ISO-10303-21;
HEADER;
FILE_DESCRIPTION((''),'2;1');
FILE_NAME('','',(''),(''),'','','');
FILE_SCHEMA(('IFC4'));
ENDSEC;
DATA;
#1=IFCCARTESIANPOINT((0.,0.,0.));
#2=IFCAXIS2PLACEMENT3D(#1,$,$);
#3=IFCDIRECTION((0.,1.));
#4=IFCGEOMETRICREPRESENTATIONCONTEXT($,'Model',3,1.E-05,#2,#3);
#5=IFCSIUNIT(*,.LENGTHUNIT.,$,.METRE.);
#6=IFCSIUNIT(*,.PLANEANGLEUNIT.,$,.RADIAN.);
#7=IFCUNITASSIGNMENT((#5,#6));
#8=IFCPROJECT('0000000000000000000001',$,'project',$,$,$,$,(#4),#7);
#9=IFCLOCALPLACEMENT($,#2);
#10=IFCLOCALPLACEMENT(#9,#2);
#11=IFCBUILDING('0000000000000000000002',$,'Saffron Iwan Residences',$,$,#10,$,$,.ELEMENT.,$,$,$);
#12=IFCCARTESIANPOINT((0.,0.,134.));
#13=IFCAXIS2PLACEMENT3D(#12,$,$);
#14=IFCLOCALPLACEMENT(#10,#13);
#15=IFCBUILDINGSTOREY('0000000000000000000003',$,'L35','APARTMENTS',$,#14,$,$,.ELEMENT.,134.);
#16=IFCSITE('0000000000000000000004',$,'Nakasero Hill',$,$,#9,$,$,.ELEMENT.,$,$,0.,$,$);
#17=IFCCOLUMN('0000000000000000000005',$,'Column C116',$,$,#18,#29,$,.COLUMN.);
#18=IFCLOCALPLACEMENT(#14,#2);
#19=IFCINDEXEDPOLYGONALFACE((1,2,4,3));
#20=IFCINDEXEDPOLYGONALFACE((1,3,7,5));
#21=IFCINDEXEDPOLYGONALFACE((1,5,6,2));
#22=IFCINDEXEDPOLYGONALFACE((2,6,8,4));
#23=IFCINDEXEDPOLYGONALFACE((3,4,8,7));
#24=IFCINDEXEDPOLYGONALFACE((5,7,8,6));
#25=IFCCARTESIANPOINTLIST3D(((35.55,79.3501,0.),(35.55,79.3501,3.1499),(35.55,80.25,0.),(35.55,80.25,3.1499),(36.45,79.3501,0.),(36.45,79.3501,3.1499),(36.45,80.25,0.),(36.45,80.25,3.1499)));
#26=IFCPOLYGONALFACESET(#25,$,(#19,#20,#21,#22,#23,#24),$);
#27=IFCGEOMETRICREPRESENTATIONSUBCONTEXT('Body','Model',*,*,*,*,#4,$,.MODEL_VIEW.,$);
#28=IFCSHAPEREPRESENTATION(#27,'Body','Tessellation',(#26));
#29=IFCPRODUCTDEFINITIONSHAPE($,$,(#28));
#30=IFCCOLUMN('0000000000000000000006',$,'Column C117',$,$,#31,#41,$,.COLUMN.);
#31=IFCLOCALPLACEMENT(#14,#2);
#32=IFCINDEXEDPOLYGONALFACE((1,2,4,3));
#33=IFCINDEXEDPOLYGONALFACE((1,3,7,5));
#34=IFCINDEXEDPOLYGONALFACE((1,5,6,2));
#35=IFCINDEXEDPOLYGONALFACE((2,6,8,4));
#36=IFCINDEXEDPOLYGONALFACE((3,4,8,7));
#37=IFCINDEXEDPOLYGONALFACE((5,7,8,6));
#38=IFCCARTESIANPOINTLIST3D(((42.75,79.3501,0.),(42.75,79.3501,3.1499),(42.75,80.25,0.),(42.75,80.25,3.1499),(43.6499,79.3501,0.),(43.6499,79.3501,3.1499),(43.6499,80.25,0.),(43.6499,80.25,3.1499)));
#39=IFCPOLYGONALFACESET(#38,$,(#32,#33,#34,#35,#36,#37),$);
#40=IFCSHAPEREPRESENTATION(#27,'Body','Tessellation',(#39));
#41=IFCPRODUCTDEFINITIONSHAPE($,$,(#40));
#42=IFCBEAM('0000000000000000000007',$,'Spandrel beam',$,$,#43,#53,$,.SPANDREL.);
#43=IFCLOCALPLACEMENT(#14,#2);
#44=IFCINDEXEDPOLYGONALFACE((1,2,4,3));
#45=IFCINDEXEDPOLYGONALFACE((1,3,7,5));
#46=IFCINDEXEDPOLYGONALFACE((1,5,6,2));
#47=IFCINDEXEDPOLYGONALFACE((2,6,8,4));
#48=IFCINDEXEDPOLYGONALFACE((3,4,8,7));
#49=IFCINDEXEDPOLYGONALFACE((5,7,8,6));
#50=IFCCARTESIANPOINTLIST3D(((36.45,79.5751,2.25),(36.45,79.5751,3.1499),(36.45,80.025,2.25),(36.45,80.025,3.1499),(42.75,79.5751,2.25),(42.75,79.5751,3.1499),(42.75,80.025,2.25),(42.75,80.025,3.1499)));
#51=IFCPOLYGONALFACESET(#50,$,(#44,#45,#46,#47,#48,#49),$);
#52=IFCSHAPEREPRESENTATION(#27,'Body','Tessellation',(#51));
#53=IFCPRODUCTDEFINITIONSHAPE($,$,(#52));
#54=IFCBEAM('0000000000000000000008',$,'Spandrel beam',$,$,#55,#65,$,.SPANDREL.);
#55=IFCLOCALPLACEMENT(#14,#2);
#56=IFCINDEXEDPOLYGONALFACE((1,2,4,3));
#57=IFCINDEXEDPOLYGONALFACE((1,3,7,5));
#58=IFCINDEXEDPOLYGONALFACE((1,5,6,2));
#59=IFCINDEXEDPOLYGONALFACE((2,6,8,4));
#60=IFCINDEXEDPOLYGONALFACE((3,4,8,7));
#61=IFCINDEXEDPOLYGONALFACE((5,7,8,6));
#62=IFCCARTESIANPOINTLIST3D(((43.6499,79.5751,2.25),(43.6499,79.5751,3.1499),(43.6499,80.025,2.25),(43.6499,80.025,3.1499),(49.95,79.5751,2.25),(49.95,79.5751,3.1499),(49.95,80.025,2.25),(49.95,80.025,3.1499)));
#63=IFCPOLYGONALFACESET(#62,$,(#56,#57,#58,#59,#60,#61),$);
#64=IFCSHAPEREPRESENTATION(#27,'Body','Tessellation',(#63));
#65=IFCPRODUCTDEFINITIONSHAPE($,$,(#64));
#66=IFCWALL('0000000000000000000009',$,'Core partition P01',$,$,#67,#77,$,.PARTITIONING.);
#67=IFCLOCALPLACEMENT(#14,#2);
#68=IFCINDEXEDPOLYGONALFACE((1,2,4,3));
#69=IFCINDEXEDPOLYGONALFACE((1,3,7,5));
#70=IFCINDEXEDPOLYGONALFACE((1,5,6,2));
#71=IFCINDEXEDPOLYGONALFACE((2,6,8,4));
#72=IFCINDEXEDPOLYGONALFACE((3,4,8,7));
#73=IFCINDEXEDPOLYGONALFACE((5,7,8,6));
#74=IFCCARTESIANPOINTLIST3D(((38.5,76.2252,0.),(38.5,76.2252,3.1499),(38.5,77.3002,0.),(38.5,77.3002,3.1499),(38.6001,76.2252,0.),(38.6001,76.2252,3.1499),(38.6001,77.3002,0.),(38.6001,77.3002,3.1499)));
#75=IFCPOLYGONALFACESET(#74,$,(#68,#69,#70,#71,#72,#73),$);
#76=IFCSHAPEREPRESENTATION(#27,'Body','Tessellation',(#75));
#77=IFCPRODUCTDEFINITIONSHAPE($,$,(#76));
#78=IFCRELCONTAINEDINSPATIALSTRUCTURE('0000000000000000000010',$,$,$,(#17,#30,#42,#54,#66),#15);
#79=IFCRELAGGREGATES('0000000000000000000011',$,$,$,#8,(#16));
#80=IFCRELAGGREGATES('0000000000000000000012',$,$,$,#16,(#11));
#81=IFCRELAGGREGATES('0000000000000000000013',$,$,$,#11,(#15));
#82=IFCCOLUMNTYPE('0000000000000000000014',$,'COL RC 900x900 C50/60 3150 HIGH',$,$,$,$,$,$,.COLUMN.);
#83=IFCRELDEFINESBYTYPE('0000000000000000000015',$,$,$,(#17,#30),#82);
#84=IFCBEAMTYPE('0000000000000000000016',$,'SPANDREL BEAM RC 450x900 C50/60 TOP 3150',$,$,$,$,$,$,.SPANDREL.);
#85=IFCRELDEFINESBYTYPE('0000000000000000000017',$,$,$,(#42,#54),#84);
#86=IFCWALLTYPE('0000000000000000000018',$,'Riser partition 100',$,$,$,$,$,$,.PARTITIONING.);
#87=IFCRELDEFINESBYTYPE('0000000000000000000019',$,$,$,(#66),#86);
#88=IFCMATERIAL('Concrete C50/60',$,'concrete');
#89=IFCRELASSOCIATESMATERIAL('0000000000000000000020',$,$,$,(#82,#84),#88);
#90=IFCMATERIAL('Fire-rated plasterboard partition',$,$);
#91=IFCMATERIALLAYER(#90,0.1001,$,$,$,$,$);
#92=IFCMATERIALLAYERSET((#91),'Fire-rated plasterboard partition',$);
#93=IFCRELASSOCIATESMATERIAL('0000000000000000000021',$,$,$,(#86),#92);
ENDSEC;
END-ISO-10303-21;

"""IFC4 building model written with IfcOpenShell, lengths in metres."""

from ifc_helpers import new_model, si_unit, direction, frame, frame_2d, origin, origin_2d, place, context, subcontext, project, spatial, rectangle, extrude, source, transform, mapped, material, layer, layer_set, material_profile, profile_set, type_object, element, save


model = new_model("IFC4")

# Units and contexts
model_context = context("Model", 3, precision=1e-05, world=origin(), true_north=direction((0.0, 1.0)))
body_context = subcontext(model_context, "Body", "Model", "MODEL_VIEW")
ifc_project = project(units=[si_unit("LENGTHUNIT", "METRE"), si_unit("PLANEANGLEUNIT", "RADIAN")], contexts=[model_context])

# Site, building, storey
site_placement = place(None, origin())
site = spatial("IfcSite", under=ifc_project, at=site_placement, Name="Nakasero Hill", CompositionType="ELEMENT", RefElevation=0.0)
building_placement = place(site_placement, origin())
building = spatial("IfcBuilding", under=site, at=building_placement, Name="Saffron Iwan Residences", CompositionType="ELEMENT")
storey_placement = place(building_placement, frame((0.0, 0.0, 134.0)))
storey = spatial("IfcBuildingStorey", under=building, at=storey_placement, Name="L35", Description="APARTMENTS", CompositionType="ELEMENT", Elevation=134.0)

# Columns
ifc_material_1 = material(Name="Concrete C50/60", Category="concrete")
ifc_material_profile_1 = material_profile(ifc_material_1, rectangle(XDim=0.8999, YDim=0.8999, at=origin_2d()), Name="RC 900x900")
ifc_profile_set_1 = profile_set([ifc_material_profile_1], Name="Concrete C50/60")
column_type = type_object("IfcColumnType", Name="COL RC 900x900 C50/60 3150 HIGH", PredefinedType="COLUMN", material=ifc_profile_set_1)
shared_shape_1 = source(origin(), body_context, "Body", "SweptSolid", [
    extrude(rectangle(XDim=0.8999, YDim=0.8999, at=origin_2d()), origin(), (0.0, 0.0, 1.0), 3.1499),
])
for number, where, z_axis, x_axis, name in (
    (1, (36.0, 79.8, 0.0), (0.0, 0.0, 1.0), (1.0, 0.0, 0.0), "Column C116"),
    (2, (43.2, 79.8, 0.0), (0.0, 0.0, 1.0), (1.0, 0.0, 0.0), "Column C117"),
):
    element("IfcColumn", number, at=place(storey_placement, frame(where, z_axis=z_axis, x_axis=x_axis)), inside=storey, type_object=column_type, Name=name, PredefinedType="COLUMN", context=body_context, shape_type="MappedRepresentation", body=[
        mapped(shared_shape_1, transform((0.0, 0.0, 0.0))),
    ])

# Beams
ifc_material_profile_2 = material_profile(ifc_material_1, rectangle(XDim=0.45, YDim=0.8999, at=origin_2d()), Name="RC 450x900")
ifc_profile_set_2 = profile_set([ifc_material_profile_2], Name="Concrete C50/60")
beam_type = type_object("IfcBeamType", Name="SPANDREL BEAM RC 450x900 C50/60 TOP 3150", PredefinedType="SPANDREL", material=ifc_profile_set_2)
shared_shape_2 = source(origin(), body_context, "Body", "SweptSolid", [
    extrude(rectangle(XDim=0.45, YDim=0.8999, at=origin_2d()), origin(), (0.0, 0.0, 1.0), 6.3),
])
for number, where, z_axis, x_axis, name in (
    (3, (36.45, 79.8, 2.7), (1.0, 0.0, 0.0), (0.0, 1.0, 0.0), "Spandrel beam"),
    (4, (43.6499, 79.8, 2.7), (1.0, 0.0, 0.0), (0.0, 1.0, 0.0), "Spandrel beam"),
):
    element("IfcBeam", number, at=place(storey_placement, frame(where, z_axis=z_axis, x_axis=x_axis)), inside=storey, type_object=beam_type, Name=name, PredefinedType="SPANDREL", context=body_context, shape_type="MappedRepresentation", body=[
        mapped(shared_shape_2, transform((0.0, 0.0, 0.0))),
    ])

# Wall
ifc_material_2 = material(Name="Fire-rated plasterboard partition")
ifc_layer_1 = layer(ifc_material_2, 0.1001)
ifc_layer_set_1 = layer_set([ifc_layer_1], Name="Fire-rated plasterboard partition")
wall_type_1 = type_object("IfcWallType", Name="Riser partition 100", PredefinedType="PARTITIONING", material=ifc_layer_set_1)
wall_1_placement = place(storey_placement, frame((38.55, 76.2251, 0.0), z_axis=(0.0, 0.0, 1.0), x_axis=(0.0, 1.0, 0.0)))
element("IfcWall", 5, at=wall_1_placement, inside=storey, type_object=wall_type_1, Name="Core partition P01", PredefinedType="PARTITIONING", context=body_context, shape_type="SweptSolid", body=[
    extrude(rectangle(XDim=1.075, YDim=0.1001, at=frame_2d((0.5376, 0.0))), origin(), (0.0, 0.0, 1.0), 3.1499),
])

save(model, "model.ifc")
